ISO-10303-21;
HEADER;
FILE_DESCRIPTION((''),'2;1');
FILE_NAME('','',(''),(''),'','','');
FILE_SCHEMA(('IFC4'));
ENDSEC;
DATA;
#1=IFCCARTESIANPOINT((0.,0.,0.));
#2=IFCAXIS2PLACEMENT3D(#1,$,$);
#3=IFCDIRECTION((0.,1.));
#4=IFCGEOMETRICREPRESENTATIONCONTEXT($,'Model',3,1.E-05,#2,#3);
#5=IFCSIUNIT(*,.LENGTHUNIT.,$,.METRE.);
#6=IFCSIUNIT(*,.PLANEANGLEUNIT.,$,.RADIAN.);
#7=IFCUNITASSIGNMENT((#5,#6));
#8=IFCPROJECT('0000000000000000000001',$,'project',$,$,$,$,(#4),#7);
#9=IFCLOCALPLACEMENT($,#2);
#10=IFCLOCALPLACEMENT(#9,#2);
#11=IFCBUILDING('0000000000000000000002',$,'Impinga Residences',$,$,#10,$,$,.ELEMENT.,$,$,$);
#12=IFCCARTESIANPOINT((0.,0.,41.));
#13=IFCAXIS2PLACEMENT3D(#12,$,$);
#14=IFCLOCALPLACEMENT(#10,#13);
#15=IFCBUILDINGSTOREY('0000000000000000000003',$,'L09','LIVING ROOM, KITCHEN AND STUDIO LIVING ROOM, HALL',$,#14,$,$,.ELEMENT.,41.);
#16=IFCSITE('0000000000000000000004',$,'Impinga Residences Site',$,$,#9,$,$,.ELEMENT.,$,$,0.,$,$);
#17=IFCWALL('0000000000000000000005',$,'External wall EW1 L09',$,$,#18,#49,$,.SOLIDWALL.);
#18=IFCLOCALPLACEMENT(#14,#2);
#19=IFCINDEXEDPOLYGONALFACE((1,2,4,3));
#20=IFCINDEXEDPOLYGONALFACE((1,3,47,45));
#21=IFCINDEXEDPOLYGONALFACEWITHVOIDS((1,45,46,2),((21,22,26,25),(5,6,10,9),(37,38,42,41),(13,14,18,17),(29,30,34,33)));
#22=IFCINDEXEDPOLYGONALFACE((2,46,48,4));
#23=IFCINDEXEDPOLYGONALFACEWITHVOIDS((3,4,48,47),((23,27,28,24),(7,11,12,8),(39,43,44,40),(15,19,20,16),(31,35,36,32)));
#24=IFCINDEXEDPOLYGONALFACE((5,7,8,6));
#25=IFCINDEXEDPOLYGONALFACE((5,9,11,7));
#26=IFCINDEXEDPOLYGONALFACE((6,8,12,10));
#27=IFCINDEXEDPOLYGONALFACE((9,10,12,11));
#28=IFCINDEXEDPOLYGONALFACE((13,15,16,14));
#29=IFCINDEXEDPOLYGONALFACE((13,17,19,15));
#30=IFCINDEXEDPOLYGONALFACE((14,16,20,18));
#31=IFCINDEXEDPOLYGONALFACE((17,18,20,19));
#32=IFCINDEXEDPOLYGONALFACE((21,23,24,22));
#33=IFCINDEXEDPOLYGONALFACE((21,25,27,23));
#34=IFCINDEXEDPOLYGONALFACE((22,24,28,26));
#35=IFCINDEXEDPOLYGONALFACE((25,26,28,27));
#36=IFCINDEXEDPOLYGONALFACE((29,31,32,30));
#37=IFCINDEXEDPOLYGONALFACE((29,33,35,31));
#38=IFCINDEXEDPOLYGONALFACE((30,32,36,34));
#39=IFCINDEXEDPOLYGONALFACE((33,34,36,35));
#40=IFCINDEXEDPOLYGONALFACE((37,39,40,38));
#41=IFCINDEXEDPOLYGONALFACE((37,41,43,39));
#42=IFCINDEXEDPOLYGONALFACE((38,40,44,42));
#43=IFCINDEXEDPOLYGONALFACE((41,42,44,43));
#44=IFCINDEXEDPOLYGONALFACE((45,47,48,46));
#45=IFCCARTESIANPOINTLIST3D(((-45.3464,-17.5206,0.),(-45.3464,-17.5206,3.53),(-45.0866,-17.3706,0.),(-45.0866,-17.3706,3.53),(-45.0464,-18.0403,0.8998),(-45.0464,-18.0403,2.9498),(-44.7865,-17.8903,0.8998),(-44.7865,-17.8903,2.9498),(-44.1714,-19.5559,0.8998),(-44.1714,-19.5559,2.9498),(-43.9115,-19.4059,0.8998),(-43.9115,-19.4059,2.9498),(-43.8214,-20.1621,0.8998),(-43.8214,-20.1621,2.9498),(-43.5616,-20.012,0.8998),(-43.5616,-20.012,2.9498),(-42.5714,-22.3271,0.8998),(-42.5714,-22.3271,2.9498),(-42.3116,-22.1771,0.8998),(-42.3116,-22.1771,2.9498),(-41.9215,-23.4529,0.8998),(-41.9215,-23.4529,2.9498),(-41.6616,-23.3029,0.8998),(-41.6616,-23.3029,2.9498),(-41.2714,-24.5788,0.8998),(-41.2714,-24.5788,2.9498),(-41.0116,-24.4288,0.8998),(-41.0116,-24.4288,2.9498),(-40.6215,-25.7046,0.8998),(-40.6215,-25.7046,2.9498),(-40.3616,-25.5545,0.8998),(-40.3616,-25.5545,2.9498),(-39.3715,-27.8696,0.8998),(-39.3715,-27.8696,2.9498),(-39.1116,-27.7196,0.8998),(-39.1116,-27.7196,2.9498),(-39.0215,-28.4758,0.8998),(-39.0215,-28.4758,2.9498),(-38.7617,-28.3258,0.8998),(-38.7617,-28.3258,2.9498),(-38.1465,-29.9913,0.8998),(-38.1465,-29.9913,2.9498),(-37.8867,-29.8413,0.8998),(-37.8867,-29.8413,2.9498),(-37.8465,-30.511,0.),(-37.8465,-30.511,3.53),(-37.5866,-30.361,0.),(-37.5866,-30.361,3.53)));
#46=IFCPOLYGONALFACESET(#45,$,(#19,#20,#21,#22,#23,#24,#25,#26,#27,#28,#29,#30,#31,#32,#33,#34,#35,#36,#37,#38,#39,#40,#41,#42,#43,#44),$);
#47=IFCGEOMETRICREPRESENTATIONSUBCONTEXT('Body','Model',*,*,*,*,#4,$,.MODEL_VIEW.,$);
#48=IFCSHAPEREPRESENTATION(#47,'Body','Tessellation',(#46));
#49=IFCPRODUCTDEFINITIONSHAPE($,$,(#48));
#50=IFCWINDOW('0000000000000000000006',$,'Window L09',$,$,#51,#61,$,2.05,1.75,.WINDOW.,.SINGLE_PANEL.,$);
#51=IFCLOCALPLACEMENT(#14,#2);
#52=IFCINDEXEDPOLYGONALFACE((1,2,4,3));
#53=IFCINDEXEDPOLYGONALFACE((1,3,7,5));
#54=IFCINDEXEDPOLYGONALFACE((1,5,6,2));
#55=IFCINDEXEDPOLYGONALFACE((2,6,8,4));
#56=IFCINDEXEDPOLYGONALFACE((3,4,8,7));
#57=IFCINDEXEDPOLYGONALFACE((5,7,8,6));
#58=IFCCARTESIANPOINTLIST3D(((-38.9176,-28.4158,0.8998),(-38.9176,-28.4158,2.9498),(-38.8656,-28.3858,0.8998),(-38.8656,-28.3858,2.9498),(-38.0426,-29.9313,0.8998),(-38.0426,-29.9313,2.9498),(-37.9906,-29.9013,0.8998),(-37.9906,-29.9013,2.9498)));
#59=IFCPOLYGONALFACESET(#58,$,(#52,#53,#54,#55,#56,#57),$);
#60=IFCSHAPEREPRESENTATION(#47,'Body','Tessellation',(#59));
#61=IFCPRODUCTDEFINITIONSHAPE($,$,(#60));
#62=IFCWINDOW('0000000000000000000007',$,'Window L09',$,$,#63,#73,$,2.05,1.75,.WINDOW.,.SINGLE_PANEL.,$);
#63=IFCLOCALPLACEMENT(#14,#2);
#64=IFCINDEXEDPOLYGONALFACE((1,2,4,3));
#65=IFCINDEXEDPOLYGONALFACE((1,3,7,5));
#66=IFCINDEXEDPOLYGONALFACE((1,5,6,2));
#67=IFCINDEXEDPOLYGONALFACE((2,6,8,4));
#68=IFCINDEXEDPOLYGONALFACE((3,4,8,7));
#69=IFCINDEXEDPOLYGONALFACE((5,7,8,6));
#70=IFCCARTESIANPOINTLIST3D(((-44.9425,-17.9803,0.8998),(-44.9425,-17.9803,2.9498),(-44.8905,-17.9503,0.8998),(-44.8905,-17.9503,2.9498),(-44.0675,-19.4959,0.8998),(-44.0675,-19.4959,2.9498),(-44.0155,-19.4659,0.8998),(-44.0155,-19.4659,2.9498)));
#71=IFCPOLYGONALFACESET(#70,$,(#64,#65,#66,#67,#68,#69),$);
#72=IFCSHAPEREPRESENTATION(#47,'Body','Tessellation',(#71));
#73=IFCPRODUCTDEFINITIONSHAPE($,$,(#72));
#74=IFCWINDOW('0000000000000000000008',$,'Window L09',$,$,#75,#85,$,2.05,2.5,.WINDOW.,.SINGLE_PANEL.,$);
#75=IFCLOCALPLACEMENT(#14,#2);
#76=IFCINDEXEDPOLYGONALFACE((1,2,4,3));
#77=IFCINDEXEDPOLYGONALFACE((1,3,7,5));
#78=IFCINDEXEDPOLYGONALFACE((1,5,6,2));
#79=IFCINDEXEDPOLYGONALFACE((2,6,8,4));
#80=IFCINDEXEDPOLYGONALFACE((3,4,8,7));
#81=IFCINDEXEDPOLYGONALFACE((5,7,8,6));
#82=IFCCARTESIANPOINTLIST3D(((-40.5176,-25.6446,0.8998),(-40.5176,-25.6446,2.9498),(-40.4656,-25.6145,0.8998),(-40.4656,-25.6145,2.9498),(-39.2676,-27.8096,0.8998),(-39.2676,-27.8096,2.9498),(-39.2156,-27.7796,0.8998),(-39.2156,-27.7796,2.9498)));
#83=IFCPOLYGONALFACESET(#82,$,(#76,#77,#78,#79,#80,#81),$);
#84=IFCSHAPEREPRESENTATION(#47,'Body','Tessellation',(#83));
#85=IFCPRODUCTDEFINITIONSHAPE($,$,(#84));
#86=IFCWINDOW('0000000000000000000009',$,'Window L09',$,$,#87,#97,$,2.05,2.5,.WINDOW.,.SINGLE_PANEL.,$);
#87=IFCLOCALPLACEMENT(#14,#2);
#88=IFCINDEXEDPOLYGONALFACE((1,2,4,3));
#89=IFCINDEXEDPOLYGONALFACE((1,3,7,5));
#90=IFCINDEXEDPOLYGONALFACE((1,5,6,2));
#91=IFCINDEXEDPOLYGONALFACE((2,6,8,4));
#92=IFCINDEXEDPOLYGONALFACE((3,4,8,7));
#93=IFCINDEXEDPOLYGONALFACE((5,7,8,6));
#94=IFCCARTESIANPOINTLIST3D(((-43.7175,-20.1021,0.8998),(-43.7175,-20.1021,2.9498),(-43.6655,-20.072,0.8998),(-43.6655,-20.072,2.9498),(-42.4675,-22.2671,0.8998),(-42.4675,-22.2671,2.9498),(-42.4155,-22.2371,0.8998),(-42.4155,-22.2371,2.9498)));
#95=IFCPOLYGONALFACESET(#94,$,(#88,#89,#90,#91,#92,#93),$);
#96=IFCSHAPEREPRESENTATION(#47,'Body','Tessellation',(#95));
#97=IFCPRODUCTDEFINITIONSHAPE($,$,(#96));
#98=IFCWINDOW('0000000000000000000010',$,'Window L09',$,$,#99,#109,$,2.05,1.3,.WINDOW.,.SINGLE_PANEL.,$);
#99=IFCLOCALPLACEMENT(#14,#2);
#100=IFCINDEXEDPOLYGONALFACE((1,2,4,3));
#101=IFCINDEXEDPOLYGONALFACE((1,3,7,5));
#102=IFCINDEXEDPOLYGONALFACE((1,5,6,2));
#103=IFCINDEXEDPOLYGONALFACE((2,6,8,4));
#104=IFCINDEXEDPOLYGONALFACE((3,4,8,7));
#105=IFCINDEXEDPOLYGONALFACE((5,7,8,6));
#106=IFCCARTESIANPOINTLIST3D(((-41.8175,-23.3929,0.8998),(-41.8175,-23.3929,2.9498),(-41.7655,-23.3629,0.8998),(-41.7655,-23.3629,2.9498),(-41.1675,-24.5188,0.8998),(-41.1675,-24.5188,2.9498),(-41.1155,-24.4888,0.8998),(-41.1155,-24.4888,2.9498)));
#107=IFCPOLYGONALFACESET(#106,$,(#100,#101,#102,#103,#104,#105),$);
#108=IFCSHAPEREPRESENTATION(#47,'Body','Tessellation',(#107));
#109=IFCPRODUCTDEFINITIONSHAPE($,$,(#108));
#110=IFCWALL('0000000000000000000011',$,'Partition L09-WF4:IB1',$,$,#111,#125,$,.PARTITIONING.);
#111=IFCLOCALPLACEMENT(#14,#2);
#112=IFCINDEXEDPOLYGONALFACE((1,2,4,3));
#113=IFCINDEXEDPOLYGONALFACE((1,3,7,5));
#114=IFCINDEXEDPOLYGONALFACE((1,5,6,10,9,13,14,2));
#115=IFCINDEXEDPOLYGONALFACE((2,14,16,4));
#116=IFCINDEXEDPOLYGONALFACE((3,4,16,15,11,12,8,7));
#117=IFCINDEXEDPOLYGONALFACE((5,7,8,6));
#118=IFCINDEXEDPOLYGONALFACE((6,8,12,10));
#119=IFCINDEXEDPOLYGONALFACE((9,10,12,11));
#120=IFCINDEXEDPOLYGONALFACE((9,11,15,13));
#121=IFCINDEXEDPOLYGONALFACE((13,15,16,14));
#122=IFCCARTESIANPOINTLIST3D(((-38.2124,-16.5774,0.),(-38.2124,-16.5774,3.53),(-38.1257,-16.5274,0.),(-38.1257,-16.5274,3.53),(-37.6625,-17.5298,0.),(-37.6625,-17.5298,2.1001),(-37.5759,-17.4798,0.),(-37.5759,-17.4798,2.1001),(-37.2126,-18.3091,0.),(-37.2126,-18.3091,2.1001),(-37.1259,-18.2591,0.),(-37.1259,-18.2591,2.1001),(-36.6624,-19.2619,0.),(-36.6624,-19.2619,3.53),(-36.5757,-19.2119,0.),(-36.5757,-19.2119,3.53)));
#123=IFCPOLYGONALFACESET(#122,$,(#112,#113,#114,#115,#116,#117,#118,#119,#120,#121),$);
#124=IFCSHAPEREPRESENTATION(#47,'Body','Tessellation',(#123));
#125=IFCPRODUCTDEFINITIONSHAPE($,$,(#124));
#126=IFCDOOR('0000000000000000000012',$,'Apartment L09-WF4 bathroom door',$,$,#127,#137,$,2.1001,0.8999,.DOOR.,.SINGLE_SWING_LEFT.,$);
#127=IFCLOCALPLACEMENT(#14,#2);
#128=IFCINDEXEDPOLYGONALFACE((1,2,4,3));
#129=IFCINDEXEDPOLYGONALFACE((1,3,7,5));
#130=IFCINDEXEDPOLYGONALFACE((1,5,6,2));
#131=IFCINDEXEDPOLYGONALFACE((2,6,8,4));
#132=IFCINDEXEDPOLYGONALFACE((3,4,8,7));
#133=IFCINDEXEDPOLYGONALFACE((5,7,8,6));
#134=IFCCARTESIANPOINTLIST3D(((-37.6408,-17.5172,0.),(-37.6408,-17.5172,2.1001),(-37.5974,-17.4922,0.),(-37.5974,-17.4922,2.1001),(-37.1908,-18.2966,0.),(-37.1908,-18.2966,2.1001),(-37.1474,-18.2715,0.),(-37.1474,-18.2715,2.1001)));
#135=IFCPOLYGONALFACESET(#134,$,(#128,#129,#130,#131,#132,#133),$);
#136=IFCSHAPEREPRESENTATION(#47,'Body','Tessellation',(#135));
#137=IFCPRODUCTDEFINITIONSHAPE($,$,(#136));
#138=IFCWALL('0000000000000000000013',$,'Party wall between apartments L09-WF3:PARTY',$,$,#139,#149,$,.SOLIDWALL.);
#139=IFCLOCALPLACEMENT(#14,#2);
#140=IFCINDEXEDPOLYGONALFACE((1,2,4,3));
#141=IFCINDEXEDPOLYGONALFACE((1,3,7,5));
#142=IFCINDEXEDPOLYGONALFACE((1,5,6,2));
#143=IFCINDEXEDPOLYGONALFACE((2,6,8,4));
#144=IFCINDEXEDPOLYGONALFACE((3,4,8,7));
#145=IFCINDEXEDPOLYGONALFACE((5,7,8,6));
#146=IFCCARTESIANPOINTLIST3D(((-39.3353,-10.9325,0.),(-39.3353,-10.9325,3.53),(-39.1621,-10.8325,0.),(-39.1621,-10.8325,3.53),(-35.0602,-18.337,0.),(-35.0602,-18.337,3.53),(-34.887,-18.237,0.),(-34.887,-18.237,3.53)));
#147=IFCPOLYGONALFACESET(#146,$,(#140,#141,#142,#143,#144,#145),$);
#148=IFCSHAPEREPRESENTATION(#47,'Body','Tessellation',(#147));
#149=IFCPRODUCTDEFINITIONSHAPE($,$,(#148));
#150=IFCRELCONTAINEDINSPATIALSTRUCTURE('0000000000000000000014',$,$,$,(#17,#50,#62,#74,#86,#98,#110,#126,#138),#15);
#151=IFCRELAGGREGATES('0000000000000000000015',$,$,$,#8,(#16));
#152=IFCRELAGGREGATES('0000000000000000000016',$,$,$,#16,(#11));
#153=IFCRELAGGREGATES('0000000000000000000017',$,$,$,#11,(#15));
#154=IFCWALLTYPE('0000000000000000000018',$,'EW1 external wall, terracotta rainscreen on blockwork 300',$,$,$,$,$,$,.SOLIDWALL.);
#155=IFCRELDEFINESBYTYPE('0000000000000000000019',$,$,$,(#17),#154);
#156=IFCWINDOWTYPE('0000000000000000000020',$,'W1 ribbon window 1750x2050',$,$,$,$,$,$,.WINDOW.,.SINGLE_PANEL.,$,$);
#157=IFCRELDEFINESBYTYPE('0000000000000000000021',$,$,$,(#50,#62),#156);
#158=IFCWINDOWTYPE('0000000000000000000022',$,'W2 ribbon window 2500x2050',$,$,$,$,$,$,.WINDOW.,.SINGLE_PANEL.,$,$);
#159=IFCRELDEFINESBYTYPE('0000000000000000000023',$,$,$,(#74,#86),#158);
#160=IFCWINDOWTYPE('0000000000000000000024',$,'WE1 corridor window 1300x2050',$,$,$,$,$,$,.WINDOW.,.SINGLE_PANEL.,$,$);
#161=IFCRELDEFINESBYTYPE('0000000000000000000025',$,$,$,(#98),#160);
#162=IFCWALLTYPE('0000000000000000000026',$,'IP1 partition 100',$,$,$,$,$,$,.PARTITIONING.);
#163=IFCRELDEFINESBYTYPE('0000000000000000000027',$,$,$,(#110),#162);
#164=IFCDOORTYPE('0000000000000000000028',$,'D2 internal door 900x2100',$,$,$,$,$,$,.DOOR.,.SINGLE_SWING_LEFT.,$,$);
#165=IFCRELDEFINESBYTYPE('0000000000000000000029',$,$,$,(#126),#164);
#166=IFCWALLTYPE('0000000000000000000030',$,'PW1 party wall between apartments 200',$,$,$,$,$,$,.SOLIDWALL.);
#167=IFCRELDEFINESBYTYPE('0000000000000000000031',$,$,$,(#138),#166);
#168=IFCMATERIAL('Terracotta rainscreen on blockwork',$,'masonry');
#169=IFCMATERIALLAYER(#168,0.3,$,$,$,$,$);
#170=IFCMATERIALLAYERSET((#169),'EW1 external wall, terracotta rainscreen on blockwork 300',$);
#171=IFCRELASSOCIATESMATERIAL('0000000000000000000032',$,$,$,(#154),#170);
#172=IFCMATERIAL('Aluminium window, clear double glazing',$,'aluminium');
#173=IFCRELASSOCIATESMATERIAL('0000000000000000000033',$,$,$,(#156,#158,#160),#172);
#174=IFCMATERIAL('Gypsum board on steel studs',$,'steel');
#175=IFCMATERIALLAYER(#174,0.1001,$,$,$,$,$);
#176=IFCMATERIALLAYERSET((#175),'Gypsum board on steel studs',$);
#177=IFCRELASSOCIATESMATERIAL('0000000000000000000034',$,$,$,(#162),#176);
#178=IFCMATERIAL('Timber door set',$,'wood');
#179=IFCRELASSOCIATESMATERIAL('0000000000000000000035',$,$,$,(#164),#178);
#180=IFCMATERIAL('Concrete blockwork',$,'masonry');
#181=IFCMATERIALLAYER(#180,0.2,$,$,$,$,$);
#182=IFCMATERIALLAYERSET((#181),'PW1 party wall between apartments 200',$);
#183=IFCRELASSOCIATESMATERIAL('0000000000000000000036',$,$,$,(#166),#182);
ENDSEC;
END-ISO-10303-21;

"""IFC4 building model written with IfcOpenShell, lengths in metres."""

from ifc_helpers import new_model, si_unit, direction, frame, frame_2d, origin, place, context, subcontext, project, spatial, rectangle, extrude, material, layer, layer_set, type_object, element, fill, save


model = new_model("IFC4")

# Units and contexts
model_context = context("Model", 3, precision=1e-05, world=origin(), true_north=direction((0.0, 1.0)))
body_context = subcontext(model_context, "Body", "Model", "MODEL_VIEW")
ifc_project = project(units=[si_unit("LENGTHUNIT", "METRE"), si_unit("PLANEANGLEUNIT", "RADIAN")], contexts=[model_context])

# Site, building, storey
site_placement = place(None, origin())
site = spatial("IfcSite", under=ifc_project, at=site_placement, Name="Impinga Residences Site", CompositionType="ELEMENT", RefElevation=0.0)
building_placement = place(site_placement, origin())
building = spatial("IfcBuilding", under=site, at=building_placement, Name="Impinga Residences", CompositionType="ELEMENT")
storey_placement = place(building_placement, frame((0.0, 0.0, 41.0)))
storey = spatial("IfcBuildingStorey", under=building, at=storey_placement, Name="L09", Description="LIVING ROOM, KITCHEN AND STUDIO LIVING ROOM, HALL", CompositionType="ELEMENT", Elevation=41.0)

# Shared definitions
ifc_material_1 = material(Name="Terracotta rainscreen on blockwork", Category="masonry")
ifc_layer_1 = layer(ifc_material_1, 0.3)
ifc_layer_set_1 = layer_set([ifc_layer_1], Name="EW1 external wall, terracotta rainscreen on blockwork 300")
wall_type_1 = type_object("IfcWallType", Name="EW1 external wall, terracotta rainscreen on blockwork 300", PredefinedType="SOLIDWALL", material=ifc_layer_set_1)

# Wall, openings, windows
wall_1_placement = place(storey_placement, frame((-37.7166, -30.436, 0.0), z_axis=(0.0, 0.0, 1.0), x_axis=(-0.499997, 0.866027, 0.0)))
wall_1 = element("IfcWall", 1, at=wall_1_placement, inside=storey, type_object=wall_type_1, Name="External wall EW1 L09", PredefinedType="SOLIDWALL", context=body_context, shape_type="SweptSolid", body=[
    extrude(rectangle(XDim=15.0, YDim=0.3, at=frame_2d((7.5, 0.0))), origin(), (0.0, 0.0, 1.0), 3.53),
])
opening_1_placement = place(wall_1_placement, frame((0.6001, 0.0, 0.8999)))
opening_1 = element("IfcOpeningElement", 2, at=opening_1_placement, cuts=wall_1, PredefinedType="OPENING", context=body_context, shape_type="SweptSolid", body=[
    extrude(rectangle(XDim=1.75, YDim=2.05, at=frame_2d((0.875, 1.0249))), frame((0.0, 0.1599, 0.0), z_axis=(0.0, -1.0, 0.0), x_axis=(1.0, 0.0, 0.0)), (0.0, 0.0, 1.0), 0.3201),
])
opening_2_placement = place(wall_1_placement, frame((3.05, 0.0, 0.8999)))
opening_2 = element("IfcOpeningElement", 3, at=opening_2_placement, cuts=wall_1, PredefinedType="OPENING", context=body_context, shape_type="SweptSolid", body=[
    extrude(rectangle(XDim=2.5, YDim=2.05, at=frame_2d((1.25, 1.0249))), frame((0.0, 0.1599, 0.0), z_axis=(0.0, -1.0, 0.0), x_axis=(1.0, 0.0, 0.0)), (0.0, 0.0, 1.0), 0.3201),
])
opening_3_placement = place(wall_1_placement, frame((6.8501, 0.0, 0.8999)))
opening_3 = element("IfcOpeningElement", 4, at=opening_3_placement, cuts=wall_1, PredefinedType="OPENING", context=body_context, shape_type="SweptSolid", body=[
    extrude(rectangle(XDim=1.3, YDim=2.05, at=frame_2d((0.6499, 1.0249))), frame((0.0, 0.1599, 0.0), z_axis=(0.0, -1.0, 0.0), x_axis=(1.0, 0.0, 0.0)), (0.0, 0.0, 1.0), 0.3201),
])
opening_4_placement = place(wall_1_placement, frame((9.45, 0.0, 0.8999)))
opening_4 = element("IfcOpeningElement", 5, at=opening_4_placement, cuts=wall_1, PredefinedType="OPENING", context=body_context, shape_type="SweptSolid", body=[
    extrude(rectangle(XDim=2.5, YDim=2.05, at=frame_2d((1.25, 1.0249))), frame((0.0, 0.1599, 0.0), z_axis=(0.0, -1.0, 0.0), x_axis=(1.0, 0.0, 0.0)), (0.0, 0.0, 1.0), 0.3201),
])
opening_5_placement = place(wall_1_placement, frame((12.6499, 0.0, 0.8999)))
opening_5 = element("IfcOpeningElement", 6, at=opening_5_placement, cuts=wall_1, PredefinedType="OPENING", context=body_context, shape_type="SweptSolid", body=[
    extrude(rectangle(XDim=1.75, YDim=2.05, at=frame_2d((0.875, 1.0249))), frame((0.0, 0.1599, 0.0), z_axis=(0.0, -1.0, 0.0), x_axis=(1.0, 0.0, 0.0)), (0.0, 0.0, 1.0), 0.3201),
])
ifc_material_2 = material(Name="Aluminium window, clear double glazing", Category="aluminium")
window_type_1 = type_object("IfcWindowType", Name="W1 ribbon window 1750x2050", PartitioningType="SINGLE_PANEL", PredefinedType="WINDOW", material=ifc_material_2)
window_1_placement = place(opening_1_placement, origin())
window_1 = element("IfcWindow", 7, at=window_1_placement, inside=storey, type_object=window_type_1, Name="Window L09", OverallHeight=2.05, OverallWidth=1.75, PartitioningType="SINGLE_PANEL", PredefinedType="WINDOW", context=body_context, shape_type="SweptSolid", body=[
    extrude(rectangle(XDim=1.75, YDim=2.05, at=frame_2d((0.875, 1.0249))), frame((0.0, 0.03, 0.0), z_axis=(0.0, -1.0, 0.0), x_axis=(1.0, 0.0, 0.0)), (0.0, 0.0, 1.0), 0.0601),
])
fill(opening_1, window_1)
window_2_placement = place(opening_5_placement, origin())
window_2 = element("IfcWindow", 8, at=window_2_placement, inside=storey, type_object=window_type_1, Name="Window L09", OverallHeight=2.05, OverallWidth=1.75, PartitioningType="SINGLE_PANEL", PredefinedType="WINDOW", context=body_context, shape_type="SweptSolid", body=[
    extrude(rectangle(XDim=1.75, YDim=2.05, at=frame_2d((0.875, 1.0249))), frame((0.0, 0.03, 0.0), z_axis=(0.0, -1.0, 0.0), x_axis=(1.0, 0.0, 0.0)), (0.0, 0.0, 1.0), 0.0601),
])
fill(opening_5, window_2)
window_type_2 = type_object("IfcWindowType", Name="W2 ribbon window 2500x2050", PartitioningType="SINGLE_PANEL", PredefinedType="WINDOW", material=ifc_material_2)
window_3_placement = place(opening_2_placement, origin())
window_3 = element("IfcWindow", 9, at=window_3_placement, inside=storey, type_object=window_type_2, Name="Window L09", OverallHeight=2.05, OverallWidth=2.5, PartitioningType="SINGLE_PANEL", PredefinedType="WINDOW", context=body_context, shape_type="SweptSolid", body=[
    extrude(rectangle(XDim=2.5, YDim=2.05, at=frame_2d((1.25, 1.0249))), frame((0.0, 0.03, 0.0), z_axis=(0.0, -1.0, 0.0), x_axis=(1.0, 0.0, 0.0)), (0.0, 0.0, 1.0), 0.0601),
])
fill(opening_2, window_3)
window_4_placement = place(opening_4_placement, origin())
window_4 = element("IfcWindow", 10, at=window_4_placement, inside=storey, type_object=window_type_2, Name="Window L09", OverallHeight=2.05, OverallWidth=2.5, PartitioningType="SINGLE_PANEL", PredefinedType="WINDOW", context=body_context, shape_type="SweptSolid", body=[
    extrude(rectangle(XDim=2.5, YDim=2.05, at=frame_2d((1.25, 1.0249))), frame((0.0, 0.03, 0.0), z_axis=(0.0, -1.0, 0.0), x_axis=(1.0, 0.0, 0.0)), (0.0, 0.0, 1.0), 0.0601),
])
fill(opening_4, window_4)
window_type_3 = type_object("IfcWindowType", Name="WE1 corridor window 1300x2050", PartitioningType="SINGLE_PANEL", PredefinedType="WINDOW", material=ifc_material_2)
window_5_placement = place(opening_3_placement, origin())
window_5 = element("IfcWindow", 11, at=window_5_placement, inside=storey, type_object=window_type_3, Name="Window L09", OverallHeight=2.05, OverallWidth=1.3, PartitioningType="SINGLE_PANEL", PredefinedType="WINDOW", context=body_context, shape_type="SweptSolid", body=[
    extrude(rectangle(XDim=1.3, YDim=2.05, at=frame_2d((0.6499, 1.0249))), frame((0.0, 0.03, 0.0), z_axis=(0.0, -1.0, 0.0), x_axis=(1.0, 0.0, 0.0)), (0.0, 0.0, 1.0), 0.0601),
])
fill(opening_3, window_5)

# Wall, opening, door
ifc_material_3 = material(Name="Gypsum board on steel studs", Category="steel")
ifc_layer_2 = layer(ifc_material_3, 0.1001)
ifc_layer_set_2 = layer_set([ifc_layer_2], Name="Gypsum board on steel studs")
wall_type_2 = type_object("IfcWallType", Name="IP1 partition 100", PredefinedType="PARTITIONING", material=ifc_layer_set_2)
wall_2_placement = place(storey_placement, frame((-36.6191, -19.2368, 0.0), z_axis=(0.0, 0.0, 1.0), x_axis=(-0.500027, 0.86601, 0.0)))
wall_2 = element("IfcWall", 12, at=wall_2_placement, inside=storey, type_object=wall_type_2, Name="Partition L09-WF4:IB1", PredefinedType="PARTITIONING", context=body_context, shape_type="SweptSolid", body=[
    extrude(rectangle(XDim=3.0999, YDim=0.1001, at=frame_2d((1.5498, 0.0))), origin(), (0.0, 0.0, 1.0), 3.53),
])
opening_6_placement = place(wall_2_placement, frame((1.1001, 0.0, 0.0)))
opening_6 = element("IfcOpeningElement", 13, at=opening_6_placement, cuts=wall_2, PredefinedType="OPENING", context=body_context, shape_type="SweptSolid", body=[
    extrude(rectangle(XDim=0.8999, YDim=2.1001, at=frame_2d((0.45, 1.05))), frame((0.0, 0.0601, 0.0), z_axis=(0.0, -1.0, 0.0), x_axis=(1.0, 0.0, 0.0)), (0.0, 0.0, 1.0), 0.1201),
])
ifc_material_4 = material(Name="Timber door set", Category="wood")
door_type = type_object("IfcDoorType", Name="D2 internal door 900x2100", OperationType="SINGLE_SWING_LEFT", PredefinedType="DOOR", material=ifc_material_4)
door_placement = place(opening_6_placement, origin())
door = element("IfcDoor", 14, at=door_placement, inside=storey, type_object=door_type, Name="Apartment L09-WF4 bathroom door", OperationType="SINGLE_SWING_LEFT", OverallHeight=2.1001, OverallWidth=0.8999, PredefinedType="DOOR", context=body_context, shape_type="SweptSolid", body=[
    extrude(rectangle(XDim=0.8999, YDim=2.1001, at=frame_2d((0.45, 1.05))), frame((0.0, 0.0249, 0.0), z_axis=(0.0, -1.0, 0.0), x_axis=(1.0, 0.0, 0.0)), (0.0, 0.0, 1.0), 0.05),
])
fill(opening_6, door)

# Wall
ifc_material_5 = material(Name="Concrete blockwork", Category="masonry")
ifc_layer_3 = layer(ifc_material_5, 0.2)
ifc_layer_set_3 = layer_set([ifc_layer_3], Name="PW1 party wall between apartments 200")
wall_type_3 = type_object("IfcWallType", Name="PW1 party wall between apartments 200", PredefinedType="SOLIDWALL", material=ifc_layer_set_3)
wall_3_placement = place(storey_placement, frame((-34.9736, -18.2869, 0.0), z_axis=(0.0, 0.0, 1.0), x_axis=(-0.500012, 0.866019, 0.0)))
element("IfcWall", 15, at=wall_3_placement, inside=storey, type_object=wall_type_3, Name="Party wall between apartments L09-WF3:PARTY", PredefinedType="SOLIDWALL", context=body_context, shape_type="SweptSolid", body=[
    extrude(rectangle(XDim=8.55, YDim=0.2, at=frame_2d((4.2749, 0.0))), origin(), (0.0, 0.0, 1.0), 3.53),
])

save(model, "model.ifc")
